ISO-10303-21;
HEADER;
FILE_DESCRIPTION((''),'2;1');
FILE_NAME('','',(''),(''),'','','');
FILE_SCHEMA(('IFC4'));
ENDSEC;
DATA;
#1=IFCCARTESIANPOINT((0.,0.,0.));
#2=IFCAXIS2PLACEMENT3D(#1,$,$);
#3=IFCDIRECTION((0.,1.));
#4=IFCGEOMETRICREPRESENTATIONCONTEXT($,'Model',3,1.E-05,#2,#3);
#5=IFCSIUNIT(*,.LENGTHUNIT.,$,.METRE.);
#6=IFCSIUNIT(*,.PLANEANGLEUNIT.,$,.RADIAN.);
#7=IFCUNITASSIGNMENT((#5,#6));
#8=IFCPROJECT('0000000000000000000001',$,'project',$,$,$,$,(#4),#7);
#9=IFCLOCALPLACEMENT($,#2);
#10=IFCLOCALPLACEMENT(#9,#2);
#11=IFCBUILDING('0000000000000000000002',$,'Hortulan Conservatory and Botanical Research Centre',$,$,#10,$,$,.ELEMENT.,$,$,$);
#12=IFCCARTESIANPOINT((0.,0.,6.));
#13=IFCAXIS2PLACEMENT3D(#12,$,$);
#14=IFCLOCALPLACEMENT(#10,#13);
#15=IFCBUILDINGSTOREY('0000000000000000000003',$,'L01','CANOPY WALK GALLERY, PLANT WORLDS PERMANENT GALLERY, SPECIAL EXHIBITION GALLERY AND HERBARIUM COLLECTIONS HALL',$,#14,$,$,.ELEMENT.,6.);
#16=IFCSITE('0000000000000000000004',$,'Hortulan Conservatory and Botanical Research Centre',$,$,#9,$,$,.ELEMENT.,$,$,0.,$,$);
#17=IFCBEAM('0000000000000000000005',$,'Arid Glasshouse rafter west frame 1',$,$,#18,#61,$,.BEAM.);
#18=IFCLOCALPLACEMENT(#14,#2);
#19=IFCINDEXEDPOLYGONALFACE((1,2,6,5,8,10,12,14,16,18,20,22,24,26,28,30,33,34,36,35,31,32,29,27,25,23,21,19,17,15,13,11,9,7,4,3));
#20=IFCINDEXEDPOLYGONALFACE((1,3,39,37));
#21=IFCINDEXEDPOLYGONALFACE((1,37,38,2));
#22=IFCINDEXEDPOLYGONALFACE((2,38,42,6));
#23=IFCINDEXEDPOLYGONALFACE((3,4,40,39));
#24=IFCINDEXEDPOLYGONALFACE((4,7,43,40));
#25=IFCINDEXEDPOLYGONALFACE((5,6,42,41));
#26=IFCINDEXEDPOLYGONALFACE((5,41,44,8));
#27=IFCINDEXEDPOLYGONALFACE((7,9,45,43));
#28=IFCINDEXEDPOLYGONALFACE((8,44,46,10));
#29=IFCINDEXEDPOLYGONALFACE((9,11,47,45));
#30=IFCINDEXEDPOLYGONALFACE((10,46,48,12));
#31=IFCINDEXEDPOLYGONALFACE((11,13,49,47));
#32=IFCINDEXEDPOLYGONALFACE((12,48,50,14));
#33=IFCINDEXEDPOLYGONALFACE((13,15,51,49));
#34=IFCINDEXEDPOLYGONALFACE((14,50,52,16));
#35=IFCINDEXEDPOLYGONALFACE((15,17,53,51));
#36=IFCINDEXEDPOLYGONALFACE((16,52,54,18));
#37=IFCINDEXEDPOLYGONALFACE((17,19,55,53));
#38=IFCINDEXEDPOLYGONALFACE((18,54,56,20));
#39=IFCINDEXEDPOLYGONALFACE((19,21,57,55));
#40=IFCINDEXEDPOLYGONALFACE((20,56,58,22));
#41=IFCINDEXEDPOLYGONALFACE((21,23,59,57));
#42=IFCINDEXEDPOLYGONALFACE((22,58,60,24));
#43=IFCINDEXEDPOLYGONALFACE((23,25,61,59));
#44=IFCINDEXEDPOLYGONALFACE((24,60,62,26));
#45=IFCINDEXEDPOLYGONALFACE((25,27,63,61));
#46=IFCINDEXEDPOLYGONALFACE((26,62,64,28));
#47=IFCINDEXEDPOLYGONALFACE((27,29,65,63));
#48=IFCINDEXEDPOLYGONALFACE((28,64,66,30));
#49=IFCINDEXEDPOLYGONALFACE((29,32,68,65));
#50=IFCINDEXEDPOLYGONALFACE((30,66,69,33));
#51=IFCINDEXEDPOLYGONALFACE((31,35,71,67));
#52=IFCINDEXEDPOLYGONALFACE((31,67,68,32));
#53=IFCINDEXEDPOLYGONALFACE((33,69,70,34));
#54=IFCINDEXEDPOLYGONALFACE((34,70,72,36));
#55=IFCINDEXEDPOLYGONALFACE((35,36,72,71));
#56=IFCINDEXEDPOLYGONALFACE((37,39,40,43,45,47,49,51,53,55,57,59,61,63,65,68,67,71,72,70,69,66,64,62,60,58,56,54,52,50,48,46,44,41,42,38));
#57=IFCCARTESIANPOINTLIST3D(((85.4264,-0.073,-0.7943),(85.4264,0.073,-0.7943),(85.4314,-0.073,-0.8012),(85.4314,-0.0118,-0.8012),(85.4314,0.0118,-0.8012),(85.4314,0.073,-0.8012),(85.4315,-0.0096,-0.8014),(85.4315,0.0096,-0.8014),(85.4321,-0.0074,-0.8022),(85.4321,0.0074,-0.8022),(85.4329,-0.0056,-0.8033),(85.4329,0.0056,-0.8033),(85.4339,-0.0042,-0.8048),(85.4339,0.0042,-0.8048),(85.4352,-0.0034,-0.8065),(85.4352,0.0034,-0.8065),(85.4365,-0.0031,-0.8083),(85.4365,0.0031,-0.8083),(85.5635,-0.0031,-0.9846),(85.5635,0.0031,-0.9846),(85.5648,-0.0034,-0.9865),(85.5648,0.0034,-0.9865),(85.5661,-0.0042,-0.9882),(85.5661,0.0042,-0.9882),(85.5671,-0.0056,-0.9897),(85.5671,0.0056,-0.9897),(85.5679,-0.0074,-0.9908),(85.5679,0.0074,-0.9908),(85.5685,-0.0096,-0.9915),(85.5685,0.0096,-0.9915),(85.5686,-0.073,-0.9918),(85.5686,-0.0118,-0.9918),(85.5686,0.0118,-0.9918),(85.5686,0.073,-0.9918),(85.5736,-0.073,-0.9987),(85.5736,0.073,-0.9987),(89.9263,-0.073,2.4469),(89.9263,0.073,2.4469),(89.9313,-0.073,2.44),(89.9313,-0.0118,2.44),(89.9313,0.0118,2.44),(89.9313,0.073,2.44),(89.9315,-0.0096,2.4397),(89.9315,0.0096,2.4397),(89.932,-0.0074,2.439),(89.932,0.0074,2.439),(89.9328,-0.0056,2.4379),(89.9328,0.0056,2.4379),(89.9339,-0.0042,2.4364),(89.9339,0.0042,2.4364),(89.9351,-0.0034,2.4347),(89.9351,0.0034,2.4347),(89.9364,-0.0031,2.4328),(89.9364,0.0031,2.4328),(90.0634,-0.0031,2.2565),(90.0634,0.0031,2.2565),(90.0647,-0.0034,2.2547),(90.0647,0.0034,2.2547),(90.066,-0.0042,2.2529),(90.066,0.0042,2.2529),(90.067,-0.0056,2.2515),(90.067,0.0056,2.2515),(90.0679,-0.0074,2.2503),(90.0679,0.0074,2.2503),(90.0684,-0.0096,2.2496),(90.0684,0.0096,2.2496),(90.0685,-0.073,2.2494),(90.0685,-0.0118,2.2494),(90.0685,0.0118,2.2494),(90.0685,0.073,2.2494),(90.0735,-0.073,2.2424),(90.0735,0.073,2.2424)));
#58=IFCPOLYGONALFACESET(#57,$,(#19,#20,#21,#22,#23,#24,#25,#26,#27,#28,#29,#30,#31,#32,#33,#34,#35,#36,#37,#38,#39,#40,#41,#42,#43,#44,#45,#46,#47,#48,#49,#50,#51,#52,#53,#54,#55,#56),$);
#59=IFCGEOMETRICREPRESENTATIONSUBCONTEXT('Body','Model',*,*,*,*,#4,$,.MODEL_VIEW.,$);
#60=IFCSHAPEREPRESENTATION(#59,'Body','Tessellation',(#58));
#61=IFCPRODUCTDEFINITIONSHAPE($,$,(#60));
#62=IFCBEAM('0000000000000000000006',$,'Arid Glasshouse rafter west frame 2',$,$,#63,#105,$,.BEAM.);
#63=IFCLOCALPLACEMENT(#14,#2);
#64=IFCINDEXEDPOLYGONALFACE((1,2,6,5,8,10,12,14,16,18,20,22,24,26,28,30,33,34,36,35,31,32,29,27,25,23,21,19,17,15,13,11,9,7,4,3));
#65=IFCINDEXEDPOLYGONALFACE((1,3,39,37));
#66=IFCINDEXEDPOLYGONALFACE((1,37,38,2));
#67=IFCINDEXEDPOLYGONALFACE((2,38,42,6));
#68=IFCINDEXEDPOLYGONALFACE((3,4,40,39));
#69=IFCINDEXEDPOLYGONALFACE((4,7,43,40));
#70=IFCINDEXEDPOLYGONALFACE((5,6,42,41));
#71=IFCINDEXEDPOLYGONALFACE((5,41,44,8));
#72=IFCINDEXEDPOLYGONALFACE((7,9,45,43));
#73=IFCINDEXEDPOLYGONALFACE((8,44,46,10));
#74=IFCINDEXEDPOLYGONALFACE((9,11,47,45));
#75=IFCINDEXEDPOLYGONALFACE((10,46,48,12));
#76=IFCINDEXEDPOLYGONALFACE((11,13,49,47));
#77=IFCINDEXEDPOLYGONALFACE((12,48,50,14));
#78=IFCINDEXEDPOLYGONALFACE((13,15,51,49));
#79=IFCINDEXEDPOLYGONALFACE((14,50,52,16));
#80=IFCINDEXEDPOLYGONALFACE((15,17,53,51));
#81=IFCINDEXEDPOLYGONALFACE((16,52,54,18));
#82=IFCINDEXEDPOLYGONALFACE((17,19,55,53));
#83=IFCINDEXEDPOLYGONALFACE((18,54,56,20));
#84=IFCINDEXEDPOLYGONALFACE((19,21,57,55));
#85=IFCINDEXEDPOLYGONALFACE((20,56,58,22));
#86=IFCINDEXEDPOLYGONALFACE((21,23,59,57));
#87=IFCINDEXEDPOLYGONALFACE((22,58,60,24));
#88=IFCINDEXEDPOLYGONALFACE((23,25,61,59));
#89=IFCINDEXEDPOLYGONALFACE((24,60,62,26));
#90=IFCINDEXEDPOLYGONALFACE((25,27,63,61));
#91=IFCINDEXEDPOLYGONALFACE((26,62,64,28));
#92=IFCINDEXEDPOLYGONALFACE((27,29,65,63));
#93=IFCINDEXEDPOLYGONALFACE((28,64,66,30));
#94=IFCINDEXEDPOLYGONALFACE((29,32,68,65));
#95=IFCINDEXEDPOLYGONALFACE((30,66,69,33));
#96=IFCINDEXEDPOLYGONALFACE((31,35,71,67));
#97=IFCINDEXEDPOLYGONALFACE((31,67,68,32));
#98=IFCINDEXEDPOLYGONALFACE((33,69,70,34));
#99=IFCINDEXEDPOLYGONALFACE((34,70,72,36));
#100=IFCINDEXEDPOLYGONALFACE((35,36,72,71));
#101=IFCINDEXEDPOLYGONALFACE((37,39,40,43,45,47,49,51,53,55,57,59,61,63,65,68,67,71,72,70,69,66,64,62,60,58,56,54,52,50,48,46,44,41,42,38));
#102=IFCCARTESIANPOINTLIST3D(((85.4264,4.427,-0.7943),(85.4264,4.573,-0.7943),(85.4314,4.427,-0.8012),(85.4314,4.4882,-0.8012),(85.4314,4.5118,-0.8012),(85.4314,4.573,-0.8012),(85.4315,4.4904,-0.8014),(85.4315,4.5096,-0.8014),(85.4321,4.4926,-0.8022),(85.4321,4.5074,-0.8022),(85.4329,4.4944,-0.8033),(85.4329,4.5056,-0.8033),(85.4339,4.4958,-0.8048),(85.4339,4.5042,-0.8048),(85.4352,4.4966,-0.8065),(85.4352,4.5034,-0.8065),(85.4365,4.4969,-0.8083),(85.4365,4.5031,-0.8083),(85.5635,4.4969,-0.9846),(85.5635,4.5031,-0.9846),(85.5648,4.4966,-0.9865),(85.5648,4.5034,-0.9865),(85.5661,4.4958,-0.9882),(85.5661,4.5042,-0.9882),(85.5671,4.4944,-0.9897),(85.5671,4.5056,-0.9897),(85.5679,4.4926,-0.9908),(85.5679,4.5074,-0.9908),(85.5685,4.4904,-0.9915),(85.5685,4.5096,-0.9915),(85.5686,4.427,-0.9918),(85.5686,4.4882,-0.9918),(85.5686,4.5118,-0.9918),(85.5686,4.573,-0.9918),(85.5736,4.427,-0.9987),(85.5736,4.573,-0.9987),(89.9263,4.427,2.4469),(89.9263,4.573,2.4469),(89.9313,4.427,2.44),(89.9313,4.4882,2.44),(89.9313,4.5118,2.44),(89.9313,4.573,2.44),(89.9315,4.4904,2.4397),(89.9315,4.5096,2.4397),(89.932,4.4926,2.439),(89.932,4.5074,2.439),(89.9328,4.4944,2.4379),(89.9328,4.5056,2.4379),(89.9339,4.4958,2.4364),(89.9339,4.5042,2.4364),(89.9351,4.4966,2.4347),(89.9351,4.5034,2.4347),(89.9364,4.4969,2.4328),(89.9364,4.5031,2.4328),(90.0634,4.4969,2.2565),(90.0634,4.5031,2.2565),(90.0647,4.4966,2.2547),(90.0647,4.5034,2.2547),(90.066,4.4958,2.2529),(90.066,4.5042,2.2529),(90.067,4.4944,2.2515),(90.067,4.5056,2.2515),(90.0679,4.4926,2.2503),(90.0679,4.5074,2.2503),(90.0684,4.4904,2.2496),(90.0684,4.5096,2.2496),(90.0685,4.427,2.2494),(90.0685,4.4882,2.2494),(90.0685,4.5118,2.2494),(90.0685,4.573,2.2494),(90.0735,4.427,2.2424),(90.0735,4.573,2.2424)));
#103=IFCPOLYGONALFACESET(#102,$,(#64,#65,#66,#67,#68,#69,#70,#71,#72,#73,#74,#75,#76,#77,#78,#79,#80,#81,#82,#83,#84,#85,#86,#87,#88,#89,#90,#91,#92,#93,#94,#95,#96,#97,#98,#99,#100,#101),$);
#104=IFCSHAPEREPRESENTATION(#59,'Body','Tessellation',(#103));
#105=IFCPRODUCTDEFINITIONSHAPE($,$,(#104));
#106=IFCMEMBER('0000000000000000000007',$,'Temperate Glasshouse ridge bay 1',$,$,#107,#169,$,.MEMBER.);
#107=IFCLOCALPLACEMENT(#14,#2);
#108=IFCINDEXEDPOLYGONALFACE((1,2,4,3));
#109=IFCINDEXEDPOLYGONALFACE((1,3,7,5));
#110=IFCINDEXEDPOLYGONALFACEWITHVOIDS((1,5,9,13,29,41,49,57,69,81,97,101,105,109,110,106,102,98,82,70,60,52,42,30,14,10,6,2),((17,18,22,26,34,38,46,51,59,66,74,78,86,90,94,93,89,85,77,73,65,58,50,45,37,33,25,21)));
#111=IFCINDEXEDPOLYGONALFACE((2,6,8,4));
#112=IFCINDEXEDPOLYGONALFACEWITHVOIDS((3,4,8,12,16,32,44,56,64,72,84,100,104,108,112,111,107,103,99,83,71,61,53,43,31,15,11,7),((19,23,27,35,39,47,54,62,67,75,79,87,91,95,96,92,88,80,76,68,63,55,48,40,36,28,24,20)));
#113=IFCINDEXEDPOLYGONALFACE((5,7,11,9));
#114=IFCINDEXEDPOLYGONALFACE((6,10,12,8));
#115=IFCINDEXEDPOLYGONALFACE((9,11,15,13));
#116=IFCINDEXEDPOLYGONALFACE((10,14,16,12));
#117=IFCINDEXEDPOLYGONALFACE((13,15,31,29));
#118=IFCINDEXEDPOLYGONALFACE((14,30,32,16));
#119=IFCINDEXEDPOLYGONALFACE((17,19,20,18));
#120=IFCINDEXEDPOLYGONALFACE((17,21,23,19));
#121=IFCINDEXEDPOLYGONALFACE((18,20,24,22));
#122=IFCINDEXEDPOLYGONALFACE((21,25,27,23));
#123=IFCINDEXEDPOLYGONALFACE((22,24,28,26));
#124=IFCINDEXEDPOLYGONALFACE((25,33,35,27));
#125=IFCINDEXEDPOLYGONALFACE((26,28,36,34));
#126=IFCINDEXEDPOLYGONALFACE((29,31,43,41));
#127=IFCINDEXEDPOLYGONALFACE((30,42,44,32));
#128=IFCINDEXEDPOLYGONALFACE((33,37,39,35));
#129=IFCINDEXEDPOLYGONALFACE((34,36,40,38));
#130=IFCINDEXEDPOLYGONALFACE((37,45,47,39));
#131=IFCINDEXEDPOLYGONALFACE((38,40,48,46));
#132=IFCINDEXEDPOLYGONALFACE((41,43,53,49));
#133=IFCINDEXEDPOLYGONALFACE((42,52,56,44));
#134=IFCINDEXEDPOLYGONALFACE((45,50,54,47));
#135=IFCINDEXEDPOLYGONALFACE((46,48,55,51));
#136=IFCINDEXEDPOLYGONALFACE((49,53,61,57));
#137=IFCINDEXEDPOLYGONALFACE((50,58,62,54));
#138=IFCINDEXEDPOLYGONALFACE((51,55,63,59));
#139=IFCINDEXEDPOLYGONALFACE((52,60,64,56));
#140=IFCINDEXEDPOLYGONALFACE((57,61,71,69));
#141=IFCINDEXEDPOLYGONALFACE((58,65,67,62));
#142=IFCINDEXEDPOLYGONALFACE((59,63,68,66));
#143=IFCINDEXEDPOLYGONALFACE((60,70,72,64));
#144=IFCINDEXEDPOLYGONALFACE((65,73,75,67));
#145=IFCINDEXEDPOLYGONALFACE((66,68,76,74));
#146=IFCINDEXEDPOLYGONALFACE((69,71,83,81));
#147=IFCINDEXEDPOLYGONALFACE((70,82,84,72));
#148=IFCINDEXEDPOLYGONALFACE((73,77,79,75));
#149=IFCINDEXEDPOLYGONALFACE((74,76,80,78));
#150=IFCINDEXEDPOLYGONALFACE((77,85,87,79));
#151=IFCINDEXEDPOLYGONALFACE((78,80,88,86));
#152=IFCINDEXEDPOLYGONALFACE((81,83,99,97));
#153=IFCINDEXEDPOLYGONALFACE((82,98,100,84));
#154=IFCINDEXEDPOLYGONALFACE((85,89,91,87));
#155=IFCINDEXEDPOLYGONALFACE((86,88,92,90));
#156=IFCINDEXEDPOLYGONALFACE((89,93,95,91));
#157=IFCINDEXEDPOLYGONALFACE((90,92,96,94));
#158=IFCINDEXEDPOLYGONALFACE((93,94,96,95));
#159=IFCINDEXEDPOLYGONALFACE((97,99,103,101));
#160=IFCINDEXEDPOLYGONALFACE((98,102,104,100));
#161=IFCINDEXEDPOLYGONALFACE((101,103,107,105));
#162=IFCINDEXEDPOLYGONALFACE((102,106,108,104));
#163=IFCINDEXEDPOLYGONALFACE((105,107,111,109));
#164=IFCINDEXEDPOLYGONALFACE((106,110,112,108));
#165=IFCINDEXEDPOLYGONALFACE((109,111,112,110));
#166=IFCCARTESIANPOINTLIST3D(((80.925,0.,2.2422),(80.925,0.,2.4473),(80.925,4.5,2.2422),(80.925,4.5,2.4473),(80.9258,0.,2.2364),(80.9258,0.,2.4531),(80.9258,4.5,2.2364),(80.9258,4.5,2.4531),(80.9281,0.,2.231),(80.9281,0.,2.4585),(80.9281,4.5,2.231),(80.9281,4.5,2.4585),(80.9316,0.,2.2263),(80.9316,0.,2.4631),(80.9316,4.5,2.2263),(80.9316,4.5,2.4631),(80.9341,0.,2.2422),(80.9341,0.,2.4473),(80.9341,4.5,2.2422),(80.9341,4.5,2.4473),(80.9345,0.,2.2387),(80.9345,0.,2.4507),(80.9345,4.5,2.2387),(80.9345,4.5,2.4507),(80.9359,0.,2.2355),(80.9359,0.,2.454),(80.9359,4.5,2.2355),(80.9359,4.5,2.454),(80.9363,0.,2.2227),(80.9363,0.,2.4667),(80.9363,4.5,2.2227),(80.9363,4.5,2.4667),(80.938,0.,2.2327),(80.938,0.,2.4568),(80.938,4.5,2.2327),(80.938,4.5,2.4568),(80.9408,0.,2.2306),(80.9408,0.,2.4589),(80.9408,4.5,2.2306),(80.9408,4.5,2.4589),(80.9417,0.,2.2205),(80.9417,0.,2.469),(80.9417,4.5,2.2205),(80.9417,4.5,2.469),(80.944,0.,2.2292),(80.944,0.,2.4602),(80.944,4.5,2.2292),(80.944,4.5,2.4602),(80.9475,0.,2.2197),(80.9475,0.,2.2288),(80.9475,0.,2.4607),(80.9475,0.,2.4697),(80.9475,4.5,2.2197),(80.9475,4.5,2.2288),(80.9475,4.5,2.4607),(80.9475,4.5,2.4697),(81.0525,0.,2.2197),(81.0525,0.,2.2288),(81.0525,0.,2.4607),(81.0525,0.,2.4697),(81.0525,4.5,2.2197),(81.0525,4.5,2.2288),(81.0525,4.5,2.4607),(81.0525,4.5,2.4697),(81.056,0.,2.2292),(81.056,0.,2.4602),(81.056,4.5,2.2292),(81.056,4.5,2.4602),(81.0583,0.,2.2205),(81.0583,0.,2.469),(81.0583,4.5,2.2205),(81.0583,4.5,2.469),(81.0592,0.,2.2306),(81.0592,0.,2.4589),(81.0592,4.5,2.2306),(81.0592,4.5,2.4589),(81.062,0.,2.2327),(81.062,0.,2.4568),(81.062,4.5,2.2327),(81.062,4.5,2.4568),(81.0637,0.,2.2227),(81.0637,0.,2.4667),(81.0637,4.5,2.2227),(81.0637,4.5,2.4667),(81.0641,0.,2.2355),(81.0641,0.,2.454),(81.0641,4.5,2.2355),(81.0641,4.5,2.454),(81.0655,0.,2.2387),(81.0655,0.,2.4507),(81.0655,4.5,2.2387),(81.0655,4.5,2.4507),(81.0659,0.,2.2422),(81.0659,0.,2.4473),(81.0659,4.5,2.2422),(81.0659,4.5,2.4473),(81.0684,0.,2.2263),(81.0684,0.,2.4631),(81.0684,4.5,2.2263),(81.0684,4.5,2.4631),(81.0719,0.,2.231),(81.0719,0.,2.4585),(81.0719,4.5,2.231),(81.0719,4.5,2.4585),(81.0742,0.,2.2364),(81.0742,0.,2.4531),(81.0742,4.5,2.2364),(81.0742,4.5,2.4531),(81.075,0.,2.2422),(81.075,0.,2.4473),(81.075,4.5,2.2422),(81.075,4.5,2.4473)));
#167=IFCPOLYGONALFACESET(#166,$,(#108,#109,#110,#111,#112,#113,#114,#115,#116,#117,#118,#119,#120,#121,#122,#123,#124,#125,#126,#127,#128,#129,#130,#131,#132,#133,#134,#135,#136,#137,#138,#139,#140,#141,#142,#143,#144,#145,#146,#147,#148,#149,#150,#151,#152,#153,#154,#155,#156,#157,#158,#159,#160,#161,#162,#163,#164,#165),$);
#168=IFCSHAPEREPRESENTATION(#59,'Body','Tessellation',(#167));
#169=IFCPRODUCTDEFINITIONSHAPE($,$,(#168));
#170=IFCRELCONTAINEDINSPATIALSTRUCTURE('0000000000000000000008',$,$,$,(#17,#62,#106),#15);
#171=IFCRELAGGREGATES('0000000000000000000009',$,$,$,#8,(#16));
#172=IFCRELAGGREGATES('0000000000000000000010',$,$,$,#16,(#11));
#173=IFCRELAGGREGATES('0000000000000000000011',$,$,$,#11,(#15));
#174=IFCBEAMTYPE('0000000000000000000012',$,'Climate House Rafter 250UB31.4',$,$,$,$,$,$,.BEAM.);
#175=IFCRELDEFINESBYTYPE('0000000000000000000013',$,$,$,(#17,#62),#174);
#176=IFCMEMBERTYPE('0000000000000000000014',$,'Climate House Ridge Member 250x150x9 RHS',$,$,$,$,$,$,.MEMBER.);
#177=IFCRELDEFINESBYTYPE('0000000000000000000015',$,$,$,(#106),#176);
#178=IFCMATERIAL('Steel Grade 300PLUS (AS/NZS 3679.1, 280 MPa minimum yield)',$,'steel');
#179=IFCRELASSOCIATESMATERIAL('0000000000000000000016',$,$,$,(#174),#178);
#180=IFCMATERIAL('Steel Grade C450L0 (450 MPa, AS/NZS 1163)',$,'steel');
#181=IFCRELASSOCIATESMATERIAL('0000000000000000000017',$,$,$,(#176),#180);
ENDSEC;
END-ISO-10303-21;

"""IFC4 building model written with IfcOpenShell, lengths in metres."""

from ifc_helpers import new_model, si_unit, direction, frame, origin, origin_2d, place, context, subcontext, project, spatial, hollow_rectangle, i_section, extrude, material, material_profile, profile_set, type_object, element, save


model = new_model("IFC4")

# Units and contexts
model_context = context("Model", 3, precision=1e-05, world=origin(), true_north=direction((0.0, 1.0)))
body_context = subcontext(model_context, "Body", "Model", "MODEL_VIEW")
ifc_project = project(units=[si_unit("LENGTHUNIT", "METRE"), si_unit("PLANEANGLEUNIT", "RADIAN")], contexts=[model_context])

# Site, building, storey
site_placement = place(None, origin())
site = spatial("IfcSite", under=ifc_project, at=site_placement, Name="Hortulan Conservatory and Botanical Research Centre", CompositionType="ELEMENT", RefElevation=0.0)
building_placement = place(site_placement, origin())
building = spatial("IfcBuilding", under=site, at=building_placement, Name="Hortulan Conservatory and Botanical Research Centre", CompositionType="ELEMENT")
storey_placement = place(building_placement, frame((0.0, 0.0, 6.0)))
storey = spatial("IfcBuildingStorey", under=building, at=storey_placement, Name="L01", Description="CANOPY WALK GALLERY, PLANT WORLDS PERMANENT GALLERY, SPECIAL EXHIBITION GALLERY AND HERBARIUM COLLECTIONS HALL", CompositionType="ELEMENT", Elevation=6.0)

# Shared definitions
ifc_material_1 = material(Name="Steel Grade C450L0 (450 MPa, AS/NZS 1163)", Category="steel")

# Beams
ifc_material_2 = material(Name="Steel Grade 300PLUS (AS/NZS 3679.1, 280 MPa minimum yield)", Category="steel")
ifc_material_profile_1 = material_profile(ifc_material_2, i_section(OverallWidth=0.146, OverallDepth=0.252, WebThickness=0.0061, FlangeThickness=0.0085, FilletRadius=0.0088, at=origin_2d()), Name="250UB31.4")
ifc_profile_set_1 = profile_set([ifc_material_profile_1], Name="Steel Grade 300PLUS (AS/NZS 3679.1, 280 MPa minimum yield)")
beam_type = type_object("IfcBeamType", Name="Climate House Rafter 250UB31.4", PredefinedType="BEAM", material=ifc_profile_set_1)
for number, where, z_axis, x_axis, name in (
    (1, (85.5, 0.0, -0.8965), (0.811431, 0.0, 0.584449), (0.0, 1.0, 0.0), "Arid Glasshouse rafter west frame 1"),
    (2, (85.5, 4.5, -0.8965), (0.811431, 0.0, 0.584449), (0.0, 1.0, 0.0), "Arid Glasshouse rafter west frame 2"),
):
    element("IfcBeam", number, at=place(storey_placement, frame(where, z_axis=z_axis, x_axis=x_axis)), inside=storey, type_object=beam_type, Name=name, PredefinedType="BEAM", context=body_context, shape_type="SweptSolid", body=[
        extrude(i_section(OverallWidth=0.146, OverallDepth=0.252, WebThickness=0.0061, FlangeThickness=0.0085, FilletRadius=0.0088, at=origin_2d()), origin(), (0.0, 0.0, 1.0), 5.5457),
    ])

# Member
ifc_material_profile_2 = material_profile(ifc_material_1, hollow_rectangle(XDim=0.1499, YDim=0.25, WallThickness=0.009, InnerFilletRadius=0.0134, OuterFilletRadius=0.0225, at=origin_2d()), Name="250x150x9RHS")
ifc_profile_set_2 = profile_set([ifc_material_profile_2], Name="Steel Grade C450L0 (450 MPa, AS/NZS 1163)")
member_type_1 = type_object("IfcMemberType", Name="Climate House Ridge Member 250x150x9 RHS", PredefinedType="MEMBER", material=ifc_profile_set_2)
for number, where, z_axis, x_axis, name in (
    (3, (81.0, 0.0, 2.3447), (0.0, 1.0, 0.0), (-1.0, 0.0, 0.0), "Temperate Glasshouse ridge bay 1"),
):
    element("IfcMember", number, at=place(storey_placement, frame(where, z_axis=z_axis, x_axis=x_axis)), inside=storey, type_object=member_type_1, Name=name, PredefinedType="MEMBER", context=body_context, shape_type="SweptSolid", body=[
        extrude(hollow_rectangle(XDim=0.1499, YDim=0.25, WallThickness=0.009, InnerFilletRadius=0.0134, OuterFilletRadius=0.0225, at=origin_2d()), origin(), (0.0, 0.0, 1.0), 4.5),
    ])

save(model, "model.ifc")
